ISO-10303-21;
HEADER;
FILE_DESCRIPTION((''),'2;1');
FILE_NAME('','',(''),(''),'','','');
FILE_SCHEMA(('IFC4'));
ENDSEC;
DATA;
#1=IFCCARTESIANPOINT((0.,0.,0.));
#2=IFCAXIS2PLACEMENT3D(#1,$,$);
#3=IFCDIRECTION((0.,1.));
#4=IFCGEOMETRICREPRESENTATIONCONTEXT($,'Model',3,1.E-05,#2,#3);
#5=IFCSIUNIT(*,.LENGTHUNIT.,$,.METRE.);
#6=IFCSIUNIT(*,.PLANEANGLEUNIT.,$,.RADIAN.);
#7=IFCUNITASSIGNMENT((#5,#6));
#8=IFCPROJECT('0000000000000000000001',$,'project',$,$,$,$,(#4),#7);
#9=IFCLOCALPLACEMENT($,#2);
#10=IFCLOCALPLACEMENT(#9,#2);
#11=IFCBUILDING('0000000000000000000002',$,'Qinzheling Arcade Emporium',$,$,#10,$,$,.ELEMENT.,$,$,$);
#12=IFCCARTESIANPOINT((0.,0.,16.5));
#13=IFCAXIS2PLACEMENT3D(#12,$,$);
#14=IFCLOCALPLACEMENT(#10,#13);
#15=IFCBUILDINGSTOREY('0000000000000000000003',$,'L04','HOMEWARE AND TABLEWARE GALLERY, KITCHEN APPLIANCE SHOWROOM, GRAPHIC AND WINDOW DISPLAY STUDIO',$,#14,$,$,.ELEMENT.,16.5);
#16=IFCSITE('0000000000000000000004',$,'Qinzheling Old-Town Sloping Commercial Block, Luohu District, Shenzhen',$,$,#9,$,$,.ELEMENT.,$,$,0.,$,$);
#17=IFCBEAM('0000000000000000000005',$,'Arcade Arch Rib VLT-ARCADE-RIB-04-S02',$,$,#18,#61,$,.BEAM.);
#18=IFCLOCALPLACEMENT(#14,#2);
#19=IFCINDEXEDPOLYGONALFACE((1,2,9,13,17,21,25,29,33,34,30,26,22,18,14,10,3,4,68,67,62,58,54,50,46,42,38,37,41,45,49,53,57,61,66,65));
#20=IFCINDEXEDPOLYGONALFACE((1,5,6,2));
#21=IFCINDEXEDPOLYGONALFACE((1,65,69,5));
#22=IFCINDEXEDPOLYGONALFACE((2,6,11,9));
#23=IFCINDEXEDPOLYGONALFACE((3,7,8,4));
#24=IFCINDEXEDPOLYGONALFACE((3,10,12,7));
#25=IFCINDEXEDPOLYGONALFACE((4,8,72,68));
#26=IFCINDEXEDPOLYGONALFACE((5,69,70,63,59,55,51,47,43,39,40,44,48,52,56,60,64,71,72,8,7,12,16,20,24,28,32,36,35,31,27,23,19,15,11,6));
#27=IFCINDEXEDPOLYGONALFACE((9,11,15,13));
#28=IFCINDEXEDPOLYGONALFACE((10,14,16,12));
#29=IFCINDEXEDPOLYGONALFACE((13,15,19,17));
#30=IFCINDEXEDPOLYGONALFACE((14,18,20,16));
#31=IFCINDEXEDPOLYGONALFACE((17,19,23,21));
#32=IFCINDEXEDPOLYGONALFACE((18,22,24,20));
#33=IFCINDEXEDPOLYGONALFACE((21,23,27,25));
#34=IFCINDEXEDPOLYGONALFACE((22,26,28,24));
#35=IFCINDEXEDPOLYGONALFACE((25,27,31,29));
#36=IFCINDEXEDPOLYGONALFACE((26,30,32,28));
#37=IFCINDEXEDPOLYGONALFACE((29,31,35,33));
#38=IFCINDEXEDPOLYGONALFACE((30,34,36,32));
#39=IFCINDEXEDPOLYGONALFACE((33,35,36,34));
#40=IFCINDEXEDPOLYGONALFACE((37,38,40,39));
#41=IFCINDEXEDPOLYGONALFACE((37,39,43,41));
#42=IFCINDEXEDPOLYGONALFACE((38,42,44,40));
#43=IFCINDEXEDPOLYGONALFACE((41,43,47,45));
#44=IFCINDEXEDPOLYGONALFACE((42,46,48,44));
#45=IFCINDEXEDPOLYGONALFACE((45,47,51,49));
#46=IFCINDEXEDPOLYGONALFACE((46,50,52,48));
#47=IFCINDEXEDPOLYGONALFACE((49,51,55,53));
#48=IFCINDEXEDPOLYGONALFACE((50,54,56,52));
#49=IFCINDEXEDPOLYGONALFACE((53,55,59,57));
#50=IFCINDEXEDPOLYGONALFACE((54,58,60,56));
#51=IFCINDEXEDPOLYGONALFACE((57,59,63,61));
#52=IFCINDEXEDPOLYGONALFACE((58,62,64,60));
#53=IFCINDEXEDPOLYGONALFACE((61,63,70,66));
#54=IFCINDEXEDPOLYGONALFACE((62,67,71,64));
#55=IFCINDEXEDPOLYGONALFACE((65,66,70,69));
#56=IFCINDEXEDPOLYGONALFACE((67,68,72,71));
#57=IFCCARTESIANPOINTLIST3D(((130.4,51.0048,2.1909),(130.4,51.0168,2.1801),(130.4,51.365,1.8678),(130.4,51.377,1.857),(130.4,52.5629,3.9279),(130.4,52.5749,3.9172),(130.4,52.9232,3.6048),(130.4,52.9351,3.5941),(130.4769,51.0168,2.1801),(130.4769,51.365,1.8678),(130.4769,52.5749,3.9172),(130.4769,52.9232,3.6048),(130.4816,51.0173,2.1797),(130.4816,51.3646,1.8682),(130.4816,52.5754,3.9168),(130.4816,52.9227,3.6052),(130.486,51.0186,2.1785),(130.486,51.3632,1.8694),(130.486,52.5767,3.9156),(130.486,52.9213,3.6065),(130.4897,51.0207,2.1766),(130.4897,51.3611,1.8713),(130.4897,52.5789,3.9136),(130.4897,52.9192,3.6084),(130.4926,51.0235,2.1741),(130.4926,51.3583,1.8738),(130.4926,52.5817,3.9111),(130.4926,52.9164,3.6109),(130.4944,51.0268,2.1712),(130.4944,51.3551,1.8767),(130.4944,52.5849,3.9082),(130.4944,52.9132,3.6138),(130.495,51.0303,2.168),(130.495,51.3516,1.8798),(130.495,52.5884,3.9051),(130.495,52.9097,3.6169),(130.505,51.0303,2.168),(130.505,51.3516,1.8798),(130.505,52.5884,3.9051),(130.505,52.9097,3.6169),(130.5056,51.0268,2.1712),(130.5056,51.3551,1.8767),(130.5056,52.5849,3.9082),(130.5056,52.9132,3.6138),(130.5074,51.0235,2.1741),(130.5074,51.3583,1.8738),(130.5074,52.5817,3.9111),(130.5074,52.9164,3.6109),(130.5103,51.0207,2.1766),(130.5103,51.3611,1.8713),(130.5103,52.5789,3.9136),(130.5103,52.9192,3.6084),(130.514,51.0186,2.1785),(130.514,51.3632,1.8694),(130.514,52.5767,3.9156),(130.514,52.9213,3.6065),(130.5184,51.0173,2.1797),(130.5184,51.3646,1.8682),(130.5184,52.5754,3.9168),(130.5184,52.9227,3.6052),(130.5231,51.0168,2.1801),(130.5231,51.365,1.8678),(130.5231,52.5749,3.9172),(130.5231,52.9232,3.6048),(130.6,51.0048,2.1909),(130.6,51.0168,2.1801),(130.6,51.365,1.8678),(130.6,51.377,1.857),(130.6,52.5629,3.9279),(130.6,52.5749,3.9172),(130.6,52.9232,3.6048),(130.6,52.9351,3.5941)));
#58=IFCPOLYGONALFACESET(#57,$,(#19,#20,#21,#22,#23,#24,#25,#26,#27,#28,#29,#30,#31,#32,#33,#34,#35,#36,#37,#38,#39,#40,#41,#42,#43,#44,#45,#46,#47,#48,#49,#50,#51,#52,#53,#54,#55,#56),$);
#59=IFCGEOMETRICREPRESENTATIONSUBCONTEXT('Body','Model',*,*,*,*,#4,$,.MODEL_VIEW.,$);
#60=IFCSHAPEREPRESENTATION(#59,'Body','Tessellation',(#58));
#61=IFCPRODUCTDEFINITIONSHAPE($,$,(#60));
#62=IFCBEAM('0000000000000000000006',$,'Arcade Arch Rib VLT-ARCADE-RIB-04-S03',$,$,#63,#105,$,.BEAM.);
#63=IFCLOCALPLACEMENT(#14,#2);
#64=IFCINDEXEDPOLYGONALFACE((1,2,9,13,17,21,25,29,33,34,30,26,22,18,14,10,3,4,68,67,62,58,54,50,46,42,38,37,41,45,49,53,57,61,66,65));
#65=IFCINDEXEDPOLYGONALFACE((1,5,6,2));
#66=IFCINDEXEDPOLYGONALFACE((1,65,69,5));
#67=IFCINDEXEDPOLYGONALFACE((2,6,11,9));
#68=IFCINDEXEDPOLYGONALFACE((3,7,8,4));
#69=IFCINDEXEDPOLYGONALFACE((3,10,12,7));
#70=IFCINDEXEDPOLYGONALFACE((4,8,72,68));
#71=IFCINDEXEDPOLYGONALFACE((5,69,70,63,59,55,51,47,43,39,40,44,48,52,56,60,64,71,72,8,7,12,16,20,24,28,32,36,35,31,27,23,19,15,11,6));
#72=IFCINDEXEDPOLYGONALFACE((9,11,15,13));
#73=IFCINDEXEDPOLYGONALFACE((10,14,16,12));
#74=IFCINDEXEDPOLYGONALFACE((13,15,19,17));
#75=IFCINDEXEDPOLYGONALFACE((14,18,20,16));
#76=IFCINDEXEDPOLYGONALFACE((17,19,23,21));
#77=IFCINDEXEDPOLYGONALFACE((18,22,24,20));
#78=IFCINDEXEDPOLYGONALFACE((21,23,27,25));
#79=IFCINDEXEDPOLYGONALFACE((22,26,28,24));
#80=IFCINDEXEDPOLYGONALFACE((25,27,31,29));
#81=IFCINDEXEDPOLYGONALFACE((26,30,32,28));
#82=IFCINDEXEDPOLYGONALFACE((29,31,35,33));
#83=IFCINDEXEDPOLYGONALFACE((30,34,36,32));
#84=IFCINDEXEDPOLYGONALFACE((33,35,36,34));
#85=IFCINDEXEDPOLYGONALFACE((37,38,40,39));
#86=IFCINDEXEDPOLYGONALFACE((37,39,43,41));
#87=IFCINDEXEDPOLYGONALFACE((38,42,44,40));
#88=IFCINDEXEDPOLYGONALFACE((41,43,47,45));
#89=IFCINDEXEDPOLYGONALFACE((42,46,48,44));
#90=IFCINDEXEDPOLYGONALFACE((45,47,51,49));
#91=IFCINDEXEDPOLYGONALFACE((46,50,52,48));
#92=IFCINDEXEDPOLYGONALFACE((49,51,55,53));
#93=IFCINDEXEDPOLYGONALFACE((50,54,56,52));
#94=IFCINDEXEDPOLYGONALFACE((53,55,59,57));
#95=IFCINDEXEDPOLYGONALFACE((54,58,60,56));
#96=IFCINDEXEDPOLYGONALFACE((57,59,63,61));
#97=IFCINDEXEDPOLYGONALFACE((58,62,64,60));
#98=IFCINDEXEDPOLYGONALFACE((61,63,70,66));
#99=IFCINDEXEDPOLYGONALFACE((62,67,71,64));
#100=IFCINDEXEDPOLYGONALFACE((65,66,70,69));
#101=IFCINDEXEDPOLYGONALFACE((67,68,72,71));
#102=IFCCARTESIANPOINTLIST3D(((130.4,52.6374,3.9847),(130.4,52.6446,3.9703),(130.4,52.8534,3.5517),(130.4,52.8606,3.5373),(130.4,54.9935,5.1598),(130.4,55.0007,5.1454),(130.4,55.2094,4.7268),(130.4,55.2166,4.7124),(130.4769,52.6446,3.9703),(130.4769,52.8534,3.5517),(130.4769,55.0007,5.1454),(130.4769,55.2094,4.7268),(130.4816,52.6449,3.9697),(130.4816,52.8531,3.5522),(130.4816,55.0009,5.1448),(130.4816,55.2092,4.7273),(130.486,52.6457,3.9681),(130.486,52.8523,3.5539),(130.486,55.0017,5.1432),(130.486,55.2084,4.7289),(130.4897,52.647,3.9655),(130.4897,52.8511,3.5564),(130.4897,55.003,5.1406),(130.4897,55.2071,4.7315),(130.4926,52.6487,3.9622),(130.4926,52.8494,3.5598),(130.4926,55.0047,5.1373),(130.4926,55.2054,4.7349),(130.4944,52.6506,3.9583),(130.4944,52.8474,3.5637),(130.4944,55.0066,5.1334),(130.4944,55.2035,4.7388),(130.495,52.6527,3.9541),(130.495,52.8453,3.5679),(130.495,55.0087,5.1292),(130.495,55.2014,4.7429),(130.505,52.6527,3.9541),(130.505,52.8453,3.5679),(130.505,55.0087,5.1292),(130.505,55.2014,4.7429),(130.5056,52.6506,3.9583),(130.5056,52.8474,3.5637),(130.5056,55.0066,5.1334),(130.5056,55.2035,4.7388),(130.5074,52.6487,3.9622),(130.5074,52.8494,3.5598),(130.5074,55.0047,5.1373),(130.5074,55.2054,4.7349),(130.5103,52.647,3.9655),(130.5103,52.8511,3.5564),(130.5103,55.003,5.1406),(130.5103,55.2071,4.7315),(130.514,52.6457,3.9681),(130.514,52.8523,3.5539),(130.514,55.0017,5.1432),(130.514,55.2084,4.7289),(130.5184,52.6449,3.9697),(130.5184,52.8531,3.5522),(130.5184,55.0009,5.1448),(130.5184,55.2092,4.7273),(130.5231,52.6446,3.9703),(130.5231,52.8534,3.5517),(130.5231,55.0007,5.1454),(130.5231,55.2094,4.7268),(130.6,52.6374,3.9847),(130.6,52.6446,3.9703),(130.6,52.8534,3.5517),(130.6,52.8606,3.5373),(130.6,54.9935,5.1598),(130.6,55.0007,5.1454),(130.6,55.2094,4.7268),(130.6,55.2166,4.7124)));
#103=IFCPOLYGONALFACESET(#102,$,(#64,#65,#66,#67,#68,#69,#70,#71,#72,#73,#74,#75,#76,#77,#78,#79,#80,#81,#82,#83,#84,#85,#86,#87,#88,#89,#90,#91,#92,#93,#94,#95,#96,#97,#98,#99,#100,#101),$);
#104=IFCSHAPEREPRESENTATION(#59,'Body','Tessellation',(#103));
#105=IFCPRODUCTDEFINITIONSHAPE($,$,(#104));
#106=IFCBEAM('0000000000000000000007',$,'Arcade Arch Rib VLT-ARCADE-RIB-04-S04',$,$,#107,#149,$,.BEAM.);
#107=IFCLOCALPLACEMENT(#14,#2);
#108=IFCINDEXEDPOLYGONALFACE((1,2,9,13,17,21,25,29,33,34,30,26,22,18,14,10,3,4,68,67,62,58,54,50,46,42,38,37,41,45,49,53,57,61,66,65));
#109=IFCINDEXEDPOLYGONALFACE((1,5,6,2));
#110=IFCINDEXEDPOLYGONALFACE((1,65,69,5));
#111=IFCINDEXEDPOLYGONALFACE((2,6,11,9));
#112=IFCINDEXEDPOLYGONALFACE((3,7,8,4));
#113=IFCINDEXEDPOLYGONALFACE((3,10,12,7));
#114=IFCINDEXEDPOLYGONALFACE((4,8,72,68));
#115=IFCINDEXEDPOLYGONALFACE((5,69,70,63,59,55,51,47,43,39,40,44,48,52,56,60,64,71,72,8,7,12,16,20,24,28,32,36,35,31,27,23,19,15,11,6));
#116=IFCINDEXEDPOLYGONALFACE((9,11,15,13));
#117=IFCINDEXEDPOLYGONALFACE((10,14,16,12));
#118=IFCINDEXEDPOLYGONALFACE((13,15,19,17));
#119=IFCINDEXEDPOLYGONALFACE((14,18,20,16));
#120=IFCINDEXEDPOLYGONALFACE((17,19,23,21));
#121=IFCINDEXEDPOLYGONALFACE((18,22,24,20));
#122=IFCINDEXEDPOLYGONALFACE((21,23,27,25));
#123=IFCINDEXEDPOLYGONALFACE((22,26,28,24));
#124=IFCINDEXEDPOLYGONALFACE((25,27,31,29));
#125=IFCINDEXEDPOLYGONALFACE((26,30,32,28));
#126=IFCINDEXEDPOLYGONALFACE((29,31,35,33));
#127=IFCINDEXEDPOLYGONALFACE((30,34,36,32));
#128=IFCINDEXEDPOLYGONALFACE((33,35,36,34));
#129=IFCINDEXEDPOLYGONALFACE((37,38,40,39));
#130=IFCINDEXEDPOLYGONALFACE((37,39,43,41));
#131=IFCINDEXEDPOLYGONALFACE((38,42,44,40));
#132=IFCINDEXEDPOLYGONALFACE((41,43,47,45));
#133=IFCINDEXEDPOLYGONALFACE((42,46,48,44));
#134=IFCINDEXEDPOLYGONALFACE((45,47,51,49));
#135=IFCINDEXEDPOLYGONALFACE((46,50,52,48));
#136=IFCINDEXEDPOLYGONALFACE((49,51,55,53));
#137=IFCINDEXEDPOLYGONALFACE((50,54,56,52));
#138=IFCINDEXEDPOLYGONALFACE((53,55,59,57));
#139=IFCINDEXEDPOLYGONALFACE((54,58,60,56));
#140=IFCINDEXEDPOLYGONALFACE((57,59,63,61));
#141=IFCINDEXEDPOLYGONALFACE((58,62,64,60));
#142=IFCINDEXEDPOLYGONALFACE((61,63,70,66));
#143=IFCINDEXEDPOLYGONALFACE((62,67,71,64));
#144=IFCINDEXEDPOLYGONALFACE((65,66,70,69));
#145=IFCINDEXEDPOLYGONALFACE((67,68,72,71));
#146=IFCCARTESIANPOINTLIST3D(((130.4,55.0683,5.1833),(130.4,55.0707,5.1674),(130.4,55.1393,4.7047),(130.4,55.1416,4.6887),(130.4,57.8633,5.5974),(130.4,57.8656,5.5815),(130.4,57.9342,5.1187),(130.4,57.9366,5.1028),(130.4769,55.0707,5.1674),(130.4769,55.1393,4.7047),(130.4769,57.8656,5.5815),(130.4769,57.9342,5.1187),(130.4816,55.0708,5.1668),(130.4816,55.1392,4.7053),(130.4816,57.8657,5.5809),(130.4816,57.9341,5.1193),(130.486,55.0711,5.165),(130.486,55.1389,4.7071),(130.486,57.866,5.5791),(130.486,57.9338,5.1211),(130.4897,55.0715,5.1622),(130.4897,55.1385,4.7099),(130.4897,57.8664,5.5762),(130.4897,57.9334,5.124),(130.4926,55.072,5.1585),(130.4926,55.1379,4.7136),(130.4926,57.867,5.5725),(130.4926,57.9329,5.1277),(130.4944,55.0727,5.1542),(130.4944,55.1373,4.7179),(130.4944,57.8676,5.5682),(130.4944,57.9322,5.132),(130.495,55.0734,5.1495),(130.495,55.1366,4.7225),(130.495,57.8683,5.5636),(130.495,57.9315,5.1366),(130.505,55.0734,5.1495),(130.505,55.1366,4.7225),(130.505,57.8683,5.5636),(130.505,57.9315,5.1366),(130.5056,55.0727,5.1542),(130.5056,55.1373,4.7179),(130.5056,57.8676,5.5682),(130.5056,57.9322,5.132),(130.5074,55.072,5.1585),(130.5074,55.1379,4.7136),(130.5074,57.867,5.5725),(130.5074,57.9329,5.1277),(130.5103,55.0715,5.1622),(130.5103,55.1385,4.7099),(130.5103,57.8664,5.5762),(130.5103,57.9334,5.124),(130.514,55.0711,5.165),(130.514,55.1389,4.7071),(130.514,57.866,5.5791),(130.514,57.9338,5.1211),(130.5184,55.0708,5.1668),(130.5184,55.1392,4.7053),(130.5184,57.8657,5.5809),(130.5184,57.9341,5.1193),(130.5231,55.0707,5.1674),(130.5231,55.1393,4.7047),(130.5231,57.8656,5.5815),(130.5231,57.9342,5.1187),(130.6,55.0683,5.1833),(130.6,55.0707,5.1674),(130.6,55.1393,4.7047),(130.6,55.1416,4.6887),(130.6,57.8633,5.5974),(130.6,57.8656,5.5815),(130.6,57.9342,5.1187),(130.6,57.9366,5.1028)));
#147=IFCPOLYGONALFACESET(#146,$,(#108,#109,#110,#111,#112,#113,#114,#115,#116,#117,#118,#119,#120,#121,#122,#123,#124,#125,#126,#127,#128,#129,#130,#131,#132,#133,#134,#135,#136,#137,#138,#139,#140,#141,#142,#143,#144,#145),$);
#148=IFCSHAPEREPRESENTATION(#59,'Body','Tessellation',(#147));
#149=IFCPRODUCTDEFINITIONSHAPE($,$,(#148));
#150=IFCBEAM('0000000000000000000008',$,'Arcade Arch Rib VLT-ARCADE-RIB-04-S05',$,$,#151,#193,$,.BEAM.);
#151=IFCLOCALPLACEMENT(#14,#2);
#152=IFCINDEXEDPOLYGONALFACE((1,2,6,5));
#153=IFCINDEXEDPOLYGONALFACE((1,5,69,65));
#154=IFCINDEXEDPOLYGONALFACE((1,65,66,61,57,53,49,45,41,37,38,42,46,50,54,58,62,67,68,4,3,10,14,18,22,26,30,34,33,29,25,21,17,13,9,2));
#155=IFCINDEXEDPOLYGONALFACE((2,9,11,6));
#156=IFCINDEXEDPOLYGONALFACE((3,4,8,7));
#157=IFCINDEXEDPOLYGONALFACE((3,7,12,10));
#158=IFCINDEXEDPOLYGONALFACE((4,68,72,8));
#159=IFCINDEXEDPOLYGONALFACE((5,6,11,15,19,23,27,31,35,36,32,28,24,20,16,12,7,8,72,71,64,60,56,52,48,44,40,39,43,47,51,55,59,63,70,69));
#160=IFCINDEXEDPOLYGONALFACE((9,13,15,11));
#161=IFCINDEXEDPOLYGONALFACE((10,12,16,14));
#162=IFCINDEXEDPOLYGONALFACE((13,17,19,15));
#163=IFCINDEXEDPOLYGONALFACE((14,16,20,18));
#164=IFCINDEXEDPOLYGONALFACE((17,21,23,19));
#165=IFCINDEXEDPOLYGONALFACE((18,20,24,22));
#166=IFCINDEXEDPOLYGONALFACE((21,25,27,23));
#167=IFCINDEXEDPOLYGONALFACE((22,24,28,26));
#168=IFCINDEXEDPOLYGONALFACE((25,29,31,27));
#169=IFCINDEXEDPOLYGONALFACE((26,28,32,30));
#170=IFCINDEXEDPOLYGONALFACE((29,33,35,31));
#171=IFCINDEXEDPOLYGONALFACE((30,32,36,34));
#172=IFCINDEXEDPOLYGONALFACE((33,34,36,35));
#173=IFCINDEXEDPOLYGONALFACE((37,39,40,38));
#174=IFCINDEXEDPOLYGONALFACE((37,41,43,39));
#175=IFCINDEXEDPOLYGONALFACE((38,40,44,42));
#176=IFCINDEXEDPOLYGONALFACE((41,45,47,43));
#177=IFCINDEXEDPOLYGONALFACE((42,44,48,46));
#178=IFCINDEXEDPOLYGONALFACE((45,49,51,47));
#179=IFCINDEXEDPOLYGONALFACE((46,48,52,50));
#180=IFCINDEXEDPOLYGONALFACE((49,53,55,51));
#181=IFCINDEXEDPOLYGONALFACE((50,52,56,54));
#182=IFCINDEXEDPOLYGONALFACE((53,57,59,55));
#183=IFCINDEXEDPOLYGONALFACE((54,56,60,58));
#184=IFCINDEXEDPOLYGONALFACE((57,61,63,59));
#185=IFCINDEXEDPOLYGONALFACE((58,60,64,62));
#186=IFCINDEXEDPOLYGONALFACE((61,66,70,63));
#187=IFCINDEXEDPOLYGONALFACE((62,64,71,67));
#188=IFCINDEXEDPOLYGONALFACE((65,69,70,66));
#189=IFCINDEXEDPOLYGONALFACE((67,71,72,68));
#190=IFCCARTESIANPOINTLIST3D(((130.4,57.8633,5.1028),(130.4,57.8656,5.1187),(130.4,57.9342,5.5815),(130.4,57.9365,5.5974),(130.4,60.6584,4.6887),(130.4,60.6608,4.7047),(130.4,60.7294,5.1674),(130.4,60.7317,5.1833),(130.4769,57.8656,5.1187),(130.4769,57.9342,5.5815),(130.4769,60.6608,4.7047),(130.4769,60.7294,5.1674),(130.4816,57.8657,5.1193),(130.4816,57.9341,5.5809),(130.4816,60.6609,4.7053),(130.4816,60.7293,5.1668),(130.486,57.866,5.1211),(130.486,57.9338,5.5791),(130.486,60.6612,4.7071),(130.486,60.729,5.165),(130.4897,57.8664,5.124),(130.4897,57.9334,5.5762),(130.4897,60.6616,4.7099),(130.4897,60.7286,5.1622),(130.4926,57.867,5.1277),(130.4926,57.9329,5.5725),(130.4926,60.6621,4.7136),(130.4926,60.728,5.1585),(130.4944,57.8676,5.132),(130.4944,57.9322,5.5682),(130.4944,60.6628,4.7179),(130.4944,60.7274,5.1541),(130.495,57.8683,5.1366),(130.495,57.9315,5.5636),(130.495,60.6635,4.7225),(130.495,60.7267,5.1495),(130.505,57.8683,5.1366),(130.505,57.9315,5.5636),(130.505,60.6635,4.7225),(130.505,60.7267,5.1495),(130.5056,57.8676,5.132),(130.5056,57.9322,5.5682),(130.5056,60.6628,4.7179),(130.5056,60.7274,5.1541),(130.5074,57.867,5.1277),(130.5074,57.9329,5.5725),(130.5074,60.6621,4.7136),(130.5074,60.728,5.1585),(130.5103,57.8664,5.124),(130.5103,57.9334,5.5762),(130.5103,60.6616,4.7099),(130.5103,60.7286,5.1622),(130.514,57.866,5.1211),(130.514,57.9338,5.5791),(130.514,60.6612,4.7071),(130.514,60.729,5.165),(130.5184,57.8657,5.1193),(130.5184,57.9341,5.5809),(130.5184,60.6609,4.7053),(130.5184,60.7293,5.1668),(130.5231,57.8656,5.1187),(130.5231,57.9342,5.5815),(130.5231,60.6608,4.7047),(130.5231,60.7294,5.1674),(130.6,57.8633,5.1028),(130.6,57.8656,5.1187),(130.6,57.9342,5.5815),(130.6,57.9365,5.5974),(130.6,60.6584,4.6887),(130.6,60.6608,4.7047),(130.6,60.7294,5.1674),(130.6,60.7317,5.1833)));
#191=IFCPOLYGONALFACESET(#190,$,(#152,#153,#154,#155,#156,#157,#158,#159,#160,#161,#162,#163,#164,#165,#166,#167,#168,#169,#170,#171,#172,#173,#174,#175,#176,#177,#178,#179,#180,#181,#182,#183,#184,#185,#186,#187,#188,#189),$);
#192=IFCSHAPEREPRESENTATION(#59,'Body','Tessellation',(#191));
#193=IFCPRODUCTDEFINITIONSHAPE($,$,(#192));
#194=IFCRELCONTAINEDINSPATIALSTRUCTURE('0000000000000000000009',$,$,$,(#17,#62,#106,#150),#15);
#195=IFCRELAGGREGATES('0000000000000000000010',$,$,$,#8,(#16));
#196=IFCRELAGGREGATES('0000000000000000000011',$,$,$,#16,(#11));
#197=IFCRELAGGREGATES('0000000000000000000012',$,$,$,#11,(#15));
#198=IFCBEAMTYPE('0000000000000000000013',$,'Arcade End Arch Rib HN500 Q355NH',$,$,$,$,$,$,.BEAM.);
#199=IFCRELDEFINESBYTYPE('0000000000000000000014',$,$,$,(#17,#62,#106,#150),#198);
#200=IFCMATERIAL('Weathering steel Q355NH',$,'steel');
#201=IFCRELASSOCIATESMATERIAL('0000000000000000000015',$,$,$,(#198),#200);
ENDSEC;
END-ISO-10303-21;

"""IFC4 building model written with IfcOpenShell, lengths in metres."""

from ifc_helpers import new_model, si_unit, direction, frame, origin, origin_2d, place, context, subcontext, project, spatial, i_section, extrude, material, material_profile, profile_set, type_object, element, save


model = new_model("IFC4")

# Units and contexts
model_context = context("Model", 3, precision=1e-05, world=origin(), true_north=direction((0.0, 1.0)))
body_context = subcontext(model_context, "Body", "Model", "MODEL_VIEW")
ifc_project = project(units=[si_unit("LENGTHUNIT", "METRE"), si_unit("PLANEANGLEUNIT", "RADIAN")], contexts=[model_context])

# Site, building, storey
site_placement = place(None, origin())
site = spatial("IfcSite", under=ifc_project, at=site_placement, Name="Qinzheling Old-Town Sloping Commercial Block, Luohu District, Shenzhen", CompositionType="ELEMENT", RefElevation=0.0)
building_placement = place(site_placement, origin())
building = spatial("IfcBuilding", under=site, at=building_placement, Name="Qinzheling Arcade Emporium", CompositionType="ELEMENT")
storey_placement = place(building_placement, frame((0.0, 0.0, 16.5)))
storey = spatial("IfcBuildingStorey", under=building, at=storey_placement, Name="L04", Description="HOMEWARE AND TABLEWARE GALLERY, KITCHEN APPLIANCE SHOWROOM, GRAPHIC AND WINDOW DISPLAY STUDIO", CompositionType="ELEMENT", Elevation=16.5)

# Beams
ifc_material_1 = material(Name="Weathering steel Q355NH", Category="steel")
ifc_material_profile_1 = material_profile(ifc_material_1, i_section(OverallWidth=0.2, OverallDepth=0.5, WebThickness=0.01, FlangeThickness=0.0161, FilletRadius=0.0181, at=origin_2d()), Name="HN 500x200x10x16", Category="steel")
ifc_profile_set_1 = profile_set([ifc_material_profile_1], Name="Weathering steel Q355NH")
beam_type_1 = type_object("IfcBeamType", Name="Arcade End Arch Rib HN500 Q355NH", PredefinedType="BEAM", material=ifc_profile_set_1)
beam_1_placement = place(storey_placement, frame((130.5, 51.1909, 2.0239), z_axis=(0.0, 0.667721, 0.744412), x_axis=(-1.0, 0.0, 0.0)))
element("IfcBeam", 1, at=beam_1_placement, inside=storey, type_object=beam_type_1, Name="Arcade Arch Rib VLT-ARCADE-RIB-04-S02", PredefinedType="BEAM", context=body_context, shape_type="SweptSolid", body=[
    extrude(i_section(OverallWidth=0.2, OverallDepth=0.5, WebThickness=0.01, FlangeThickness=0.0161, FilletRadius=0.0181, at=origin_2d()), origin(), (0.0, 0.0, 1.0), 2.3335),
])
beam_2_placement = place(storey_placement, frame((130.5, 52.749, 3.761), z_axis=(0.0, 0.894872, 0.446323), x_axis=(-1.0, 0.0, 0.0)))
element("IfcBeam", 2, at=beam_2_placement, inside=storey, type_object=beam_type_1, Name="Arcade Arch Rib VLT-ARCADE-RIB-04-S03", PredefinedType="BEAM", context=body_context, shape_type="SweptSolid", body=[
    extrude(i_section(OverallWidth=0.2, OverallDepth=0.5, WebThickness=0.01, FlangeThickness=0.0161, FilletRadius=0.0181, at=origin_2d()), origin(), (0.0, 0.0, 1.0), 2.6328),
])
beam_3_placement = place(storey_placement, frame((130.5, 55.105, 4.936), z_axis=(0.0, 0.989203, 0.146549), x_axis=(-1.0, 0.0, 0.0)))
element("IfcBeam", 3, at=beam_3_placement, inside=storey, type_object=beam_type_1, Name="Arcade Arch Rib VLT-ARCADE-RIB-04-S04", PredefinedType="BEAM", context=body_context, shape_type="SweptSolid", body=[
    extrude(i_section(OverallWidth=0.2, OverallDepth=0.5, WebThickness=0.01, FlangeThickness=0.0161, FilletRadius=0.0181, at=origin_2d()), origin(), (0.0, 0.0, 1.0), 2.8254),
])
beam_4_placement = place(storey_placement, frame((130.5, 57.8999, 5.3501), z_axis=(0.0, 0.989205, -0.146536), x_axis=(-1.0, 0.0, 0.0)))
element("IfcBeam", 4, at=beam_4_placement, inside=storey, type_object=beam_type_1, Name="Arcade Arch Rib VLT-ARCADE-RIB-04-S05", PredefinedType="BEAM", context=body_context, shape_type="SweptSolid", body=[
    extrude(i_section(OverallWidth=0.2, OverallDepth=0.5, WebThickness=0.01, FlangeThickness=0.0161, FilletRadius=0.0181, at=origin_2d()), origin(), (0.0, 0.0, 1.0), 2.8257),
])

save(model, "model.ifc")
